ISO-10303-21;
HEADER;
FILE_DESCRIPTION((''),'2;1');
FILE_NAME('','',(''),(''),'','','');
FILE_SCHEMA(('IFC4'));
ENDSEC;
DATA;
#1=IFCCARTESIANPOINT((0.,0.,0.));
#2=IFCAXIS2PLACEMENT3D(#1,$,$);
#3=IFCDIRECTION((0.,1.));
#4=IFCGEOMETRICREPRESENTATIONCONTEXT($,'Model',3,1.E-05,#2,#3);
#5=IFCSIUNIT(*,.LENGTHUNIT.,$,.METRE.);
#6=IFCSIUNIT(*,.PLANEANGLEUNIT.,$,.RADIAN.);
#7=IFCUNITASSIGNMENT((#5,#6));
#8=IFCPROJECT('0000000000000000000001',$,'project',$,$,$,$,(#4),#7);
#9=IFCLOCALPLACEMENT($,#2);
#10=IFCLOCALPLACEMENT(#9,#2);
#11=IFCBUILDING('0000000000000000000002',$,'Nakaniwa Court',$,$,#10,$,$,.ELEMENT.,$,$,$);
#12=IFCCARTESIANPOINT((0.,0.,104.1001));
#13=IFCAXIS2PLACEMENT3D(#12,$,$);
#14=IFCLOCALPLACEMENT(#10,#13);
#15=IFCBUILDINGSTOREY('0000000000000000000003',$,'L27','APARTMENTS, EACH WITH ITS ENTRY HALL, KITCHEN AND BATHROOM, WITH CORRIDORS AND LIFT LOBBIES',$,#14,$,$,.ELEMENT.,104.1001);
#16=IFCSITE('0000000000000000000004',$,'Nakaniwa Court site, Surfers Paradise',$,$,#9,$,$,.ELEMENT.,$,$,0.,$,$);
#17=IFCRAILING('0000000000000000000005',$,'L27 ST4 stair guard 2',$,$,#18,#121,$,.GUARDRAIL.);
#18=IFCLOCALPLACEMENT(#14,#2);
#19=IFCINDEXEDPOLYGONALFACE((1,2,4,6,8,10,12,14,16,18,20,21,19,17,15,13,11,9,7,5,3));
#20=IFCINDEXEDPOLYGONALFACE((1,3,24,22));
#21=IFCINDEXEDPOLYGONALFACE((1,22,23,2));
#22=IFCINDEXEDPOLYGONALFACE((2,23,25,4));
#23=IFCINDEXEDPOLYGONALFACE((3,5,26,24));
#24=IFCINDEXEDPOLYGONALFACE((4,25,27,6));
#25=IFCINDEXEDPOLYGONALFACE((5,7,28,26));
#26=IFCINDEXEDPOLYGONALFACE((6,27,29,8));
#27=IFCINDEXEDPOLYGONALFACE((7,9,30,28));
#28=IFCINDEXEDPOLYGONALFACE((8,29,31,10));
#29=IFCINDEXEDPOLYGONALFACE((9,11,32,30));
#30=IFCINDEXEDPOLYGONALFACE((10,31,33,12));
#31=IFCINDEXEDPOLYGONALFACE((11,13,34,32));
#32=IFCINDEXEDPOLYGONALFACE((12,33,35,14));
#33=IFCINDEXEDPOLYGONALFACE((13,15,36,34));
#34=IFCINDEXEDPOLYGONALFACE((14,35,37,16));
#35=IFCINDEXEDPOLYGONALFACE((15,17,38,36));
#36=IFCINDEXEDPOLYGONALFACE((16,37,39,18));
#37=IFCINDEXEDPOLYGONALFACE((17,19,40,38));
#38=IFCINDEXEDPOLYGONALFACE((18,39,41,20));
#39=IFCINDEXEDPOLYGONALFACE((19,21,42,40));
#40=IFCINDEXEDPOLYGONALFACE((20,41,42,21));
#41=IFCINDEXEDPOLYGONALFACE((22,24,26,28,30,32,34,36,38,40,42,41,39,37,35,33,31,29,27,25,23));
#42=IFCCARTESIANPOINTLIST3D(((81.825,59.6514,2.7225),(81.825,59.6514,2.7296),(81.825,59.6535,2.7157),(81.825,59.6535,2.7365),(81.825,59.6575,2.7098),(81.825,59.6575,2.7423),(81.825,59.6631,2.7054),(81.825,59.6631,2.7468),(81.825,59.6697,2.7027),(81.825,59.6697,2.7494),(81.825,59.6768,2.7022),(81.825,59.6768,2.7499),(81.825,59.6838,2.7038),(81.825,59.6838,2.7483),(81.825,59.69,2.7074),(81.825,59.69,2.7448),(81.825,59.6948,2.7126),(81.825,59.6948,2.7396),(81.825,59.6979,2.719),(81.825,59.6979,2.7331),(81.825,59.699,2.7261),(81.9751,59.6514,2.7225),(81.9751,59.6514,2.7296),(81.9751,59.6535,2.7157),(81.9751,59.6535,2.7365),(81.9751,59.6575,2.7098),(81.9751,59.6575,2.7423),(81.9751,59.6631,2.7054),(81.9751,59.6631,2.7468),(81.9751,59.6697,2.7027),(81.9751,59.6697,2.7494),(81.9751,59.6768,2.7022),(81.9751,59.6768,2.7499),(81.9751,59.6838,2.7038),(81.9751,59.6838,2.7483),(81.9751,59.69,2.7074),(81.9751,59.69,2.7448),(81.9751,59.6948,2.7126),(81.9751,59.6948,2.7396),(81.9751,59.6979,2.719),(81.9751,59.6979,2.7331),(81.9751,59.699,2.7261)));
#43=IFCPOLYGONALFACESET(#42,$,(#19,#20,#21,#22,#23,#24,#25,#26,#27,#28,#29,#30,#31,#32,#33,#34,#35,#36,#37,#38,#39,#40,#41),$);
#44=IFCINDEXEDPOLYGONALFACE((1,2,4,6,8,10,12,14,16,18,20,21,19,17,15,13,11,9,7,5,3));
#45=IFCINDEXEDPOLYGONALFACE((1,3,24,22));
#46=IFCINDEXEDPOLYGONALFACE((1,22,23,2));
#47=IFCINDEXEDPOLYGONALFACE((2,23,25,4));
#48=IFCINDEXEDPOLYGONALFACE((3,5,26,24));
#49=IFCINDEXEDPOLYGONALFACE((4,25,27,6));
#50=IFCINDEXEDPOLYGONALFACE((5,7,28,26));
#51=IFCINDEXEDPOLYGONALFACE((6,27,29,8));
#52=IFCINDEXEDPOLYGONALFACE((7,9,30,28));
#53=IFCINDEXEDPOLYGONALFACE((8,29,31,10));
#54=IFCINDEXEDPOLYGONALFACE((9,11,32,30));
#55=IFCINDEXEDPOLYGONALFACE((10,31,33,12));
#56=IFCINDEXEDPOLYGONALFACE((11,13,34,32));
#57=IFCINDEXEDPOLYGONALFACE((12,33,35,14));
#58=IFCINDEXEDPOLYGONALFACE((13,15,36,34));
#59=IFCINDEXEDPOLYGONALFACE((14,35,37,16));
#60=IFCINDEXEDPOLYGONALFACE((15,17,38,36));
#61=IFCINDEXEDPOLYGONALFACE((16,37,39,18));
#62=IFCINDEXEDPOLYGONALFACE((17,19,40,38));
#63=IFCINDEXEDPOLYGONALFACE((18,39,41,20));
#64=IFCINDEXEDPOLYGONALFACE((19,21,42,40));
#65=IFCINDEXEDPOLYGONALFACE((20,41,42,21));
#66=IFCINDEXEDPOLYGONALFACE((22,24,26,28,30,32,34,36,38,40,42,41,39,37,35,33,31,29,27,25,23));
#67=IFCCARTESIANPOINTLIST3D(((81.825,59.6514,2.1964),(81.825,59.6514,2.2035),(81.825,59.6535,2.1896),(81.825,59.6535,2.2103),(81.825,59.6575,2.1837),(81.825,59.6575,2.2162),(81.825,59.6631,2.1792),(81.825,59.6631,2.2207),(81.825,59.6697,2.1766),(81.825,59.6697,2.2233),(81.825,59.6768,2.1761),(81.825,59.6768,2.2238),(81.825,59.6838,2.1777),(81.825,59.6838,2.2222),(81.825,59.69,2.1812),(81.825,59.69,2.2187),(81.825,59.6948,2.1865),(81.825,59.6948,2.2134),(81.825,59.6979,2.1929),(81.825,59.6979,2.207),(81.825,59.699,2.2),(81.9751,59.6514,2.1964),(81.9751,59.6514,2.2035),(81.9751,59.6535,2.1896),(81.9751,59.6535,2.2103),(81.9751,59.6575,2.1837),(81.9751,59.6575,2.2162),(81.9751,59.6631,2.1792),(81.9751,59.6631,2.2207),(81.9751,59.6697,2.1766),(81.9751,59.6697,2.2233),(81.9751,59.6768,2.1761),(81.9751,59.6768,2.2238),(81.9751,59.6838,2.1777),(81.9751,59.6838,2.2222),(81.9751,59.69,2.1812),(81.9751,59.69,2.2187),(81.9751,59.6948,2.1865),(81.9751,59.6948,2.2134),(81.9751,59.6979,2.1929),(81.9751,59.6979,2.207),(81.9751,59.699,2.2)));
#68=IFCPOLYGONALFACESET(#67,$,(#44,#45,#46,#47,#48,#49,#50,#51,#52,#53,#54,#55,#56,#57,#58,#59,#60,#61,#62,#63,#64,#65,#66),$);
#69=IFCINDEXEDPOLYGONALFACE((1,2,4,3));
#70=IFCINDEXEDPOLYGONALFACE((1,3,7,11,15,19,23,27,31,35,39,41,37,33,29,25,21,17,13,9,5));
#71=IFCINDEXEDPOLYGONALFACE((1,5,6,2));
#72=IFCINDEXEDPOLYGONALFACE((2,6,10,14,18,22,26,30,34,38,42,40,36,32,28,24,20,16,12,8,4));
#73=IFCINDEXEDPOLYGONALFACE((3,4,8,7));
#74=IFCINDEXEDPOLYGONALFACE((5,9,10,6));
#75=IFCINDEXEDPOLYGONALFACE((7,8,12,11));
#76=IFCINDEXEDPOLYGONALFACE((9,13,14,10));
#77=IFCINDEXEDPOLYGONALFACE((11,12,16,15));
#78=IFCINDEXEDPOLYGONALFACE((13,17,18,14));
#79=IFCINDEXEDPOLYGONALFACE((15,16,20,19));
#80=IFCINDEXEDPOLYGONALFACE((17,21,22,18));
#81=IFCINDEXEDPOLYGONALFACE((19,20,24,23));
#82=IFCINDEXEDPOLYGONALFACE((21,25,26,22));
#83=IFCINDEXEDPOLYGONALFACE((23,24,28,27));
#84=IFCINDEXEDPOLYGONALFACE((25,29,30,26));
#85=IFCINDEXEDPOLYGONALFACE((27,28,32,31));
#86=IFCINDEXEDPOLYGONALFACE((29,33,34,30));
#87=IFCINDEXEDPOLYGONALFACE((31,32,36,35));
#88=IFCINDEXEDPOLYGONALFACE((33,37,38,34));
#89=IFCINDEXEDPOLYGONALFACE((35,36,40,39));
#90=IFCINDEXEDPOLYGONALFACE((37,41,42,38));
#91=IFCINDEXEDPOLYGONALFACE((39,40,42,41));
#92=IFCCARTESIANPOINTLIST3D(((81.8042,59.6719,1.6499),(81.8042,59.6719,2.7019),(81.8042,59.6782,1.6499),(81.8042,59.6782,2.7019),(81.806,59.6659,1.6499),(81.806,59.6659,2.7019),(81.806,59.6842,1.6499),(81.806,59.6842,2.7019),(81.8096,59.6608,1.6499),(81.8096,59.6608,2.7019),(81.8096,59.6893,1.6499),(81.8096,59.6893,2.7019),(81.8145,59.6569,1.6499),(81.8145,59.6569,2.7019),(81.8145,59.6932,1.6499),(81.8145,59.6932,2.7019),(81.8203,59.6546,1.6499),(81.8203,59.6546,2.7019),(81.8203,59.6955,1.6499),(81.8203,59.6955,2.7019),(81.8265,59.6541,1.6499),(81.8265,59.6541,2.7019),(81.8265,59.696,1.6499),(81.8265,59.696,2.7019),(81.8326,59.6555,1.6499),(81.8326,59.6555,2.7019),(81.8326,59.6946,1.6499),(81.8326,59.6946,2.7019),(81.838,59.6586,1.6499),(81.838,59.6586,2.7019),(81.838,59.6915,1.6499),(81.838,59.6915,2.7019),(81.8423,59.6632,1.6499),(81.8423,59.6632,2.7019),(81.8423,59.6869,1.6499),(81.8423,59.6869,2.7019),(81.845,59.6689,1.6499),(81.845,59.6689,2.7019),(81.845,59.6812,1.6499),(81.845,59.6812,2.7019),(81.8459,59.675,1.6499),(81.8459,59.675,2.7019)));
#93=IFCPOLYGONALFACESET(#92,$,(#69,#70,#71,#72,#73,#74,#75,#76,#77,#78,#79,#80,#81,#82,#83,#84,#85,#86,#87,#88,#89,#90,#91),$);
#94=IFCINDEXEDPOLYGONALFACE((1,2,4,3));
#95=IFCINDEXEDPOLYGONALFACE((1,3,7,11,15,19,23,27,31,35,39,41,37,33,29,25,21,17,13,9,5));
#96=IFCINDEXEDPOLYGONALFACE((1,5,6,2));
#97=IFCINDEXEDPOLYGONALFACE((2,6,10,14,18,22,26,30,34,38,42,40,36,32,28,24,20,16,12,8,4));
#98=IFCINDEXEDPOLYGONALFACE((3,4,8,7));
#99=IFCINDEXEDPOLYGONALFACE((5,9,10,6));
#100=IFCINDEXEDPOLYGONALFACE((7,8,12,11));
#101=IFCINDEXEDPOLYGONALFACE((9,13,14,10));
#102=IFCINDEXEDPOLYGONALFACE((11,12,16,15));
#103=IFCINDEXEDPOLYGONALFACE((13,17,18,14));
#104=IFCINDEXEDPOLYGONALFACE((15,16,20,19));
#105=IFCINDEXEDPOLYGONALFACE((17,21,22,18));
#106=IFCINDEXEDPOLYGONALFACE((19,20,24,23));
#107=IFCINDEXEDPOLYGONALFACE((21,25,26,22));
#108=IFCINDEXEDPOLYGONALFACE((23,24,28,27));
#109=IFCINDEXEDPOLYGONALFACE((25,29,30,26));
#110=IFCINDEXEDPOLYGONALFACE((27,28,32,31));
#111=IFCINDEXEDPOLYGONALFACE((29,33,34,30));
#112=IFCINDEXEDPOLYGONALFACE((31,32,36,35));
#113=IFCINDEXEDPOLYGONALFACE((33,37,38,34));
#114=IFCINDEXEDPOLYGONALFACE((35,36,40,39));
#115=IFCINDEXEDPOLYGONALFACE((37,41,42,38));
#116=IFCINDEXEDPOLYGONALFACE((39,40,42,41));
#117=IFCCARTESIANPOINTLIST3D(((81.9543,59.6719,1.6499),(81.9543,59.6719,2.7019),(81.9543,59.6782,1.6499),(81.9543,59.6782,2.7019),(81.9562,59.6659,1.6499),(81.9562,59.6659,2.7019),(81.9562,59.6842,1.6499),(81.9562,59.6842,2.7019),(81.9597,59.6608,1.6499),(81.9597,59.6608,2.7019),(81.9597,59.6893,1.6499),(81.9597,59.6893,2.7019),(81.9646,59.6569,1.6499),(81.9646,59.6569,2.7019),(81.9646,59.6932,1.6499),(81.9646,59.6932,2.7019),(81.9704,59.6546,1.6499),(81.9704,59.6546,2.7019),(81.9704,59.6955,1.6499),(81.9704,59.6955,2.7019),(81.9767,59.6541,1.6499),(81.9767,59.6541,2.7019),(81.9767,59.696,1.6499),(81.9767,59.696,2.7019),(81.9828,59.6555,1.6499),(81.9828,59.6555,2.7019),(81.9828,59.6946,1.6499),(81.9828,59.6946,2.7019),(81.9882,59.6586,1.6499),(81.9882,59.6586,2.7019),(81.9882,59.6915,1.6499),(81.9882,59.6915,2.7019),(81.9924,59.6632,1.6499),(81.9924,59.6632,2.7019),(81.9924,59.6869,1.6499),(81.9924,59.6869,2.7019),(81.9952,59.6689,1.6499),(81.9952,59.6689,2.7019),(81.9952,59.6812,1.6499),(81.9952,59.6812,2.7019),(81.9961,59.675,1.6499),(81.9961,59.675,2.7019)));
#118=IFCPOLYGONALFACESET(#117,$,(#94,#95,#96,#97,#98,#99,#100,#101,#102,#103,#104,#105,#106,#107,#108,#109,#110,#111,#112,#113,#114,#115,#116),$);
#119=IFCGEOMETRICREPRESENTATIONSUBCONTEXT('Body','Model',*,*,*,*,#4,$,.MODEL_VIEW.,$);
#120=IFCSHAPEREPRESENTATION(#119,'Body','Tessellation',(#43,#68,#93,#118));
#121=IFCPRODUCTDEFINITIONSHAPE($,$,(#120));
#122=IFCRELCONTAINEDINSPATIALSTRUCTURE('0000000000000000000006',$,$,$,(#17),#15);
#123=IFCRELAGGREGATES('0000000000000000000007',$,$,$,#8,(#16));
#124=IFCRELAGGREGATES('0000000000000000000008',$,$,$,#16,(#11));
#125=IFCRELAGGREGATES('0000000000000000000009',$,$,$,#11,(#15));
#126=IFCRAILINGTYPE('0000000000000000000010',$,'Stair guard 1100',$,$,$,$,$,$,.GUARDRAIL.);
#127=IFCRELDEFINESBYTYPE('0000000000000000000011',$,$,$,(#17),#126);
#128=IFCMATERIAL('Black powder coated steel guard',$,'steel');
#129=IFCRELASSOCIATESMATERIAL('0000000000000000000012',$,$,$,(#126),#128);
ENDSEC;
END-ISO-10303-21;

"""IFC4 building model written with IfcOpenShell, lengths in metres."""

from ifc_helpers import new_model, si_unit, direction, frame, origin, origin_2d, place, context, subcontext, project, spatial, circle, extrude, material, type_object, element, save


model = new_model("IFC4")

# Units and contexts
model_context = context("Model", 3, precision=1e-05, world=origin(), true_north=direction((0.0, 1.0)))
body_context = subcontext(model_context, "Body", "Model", "MODEL_VIEW")
ifc_project = project(units=[si_unit("LENGTHUNIT", "METRE"), si_unit("PLANEANGLEUNIT", "RADIAN")], contexts=[model_context])

# Site, building, storey
site_placement = place(None, origin())
site = spatial("IfcSite", under=ifc_project, at=site_placement, Name="Nakaniwa Court site, Surfers Paradise", CompositionType="ELEMENT", RefElevation=0.0)
building_placement = place(site_placement, origin())
building = spatial("IfcBuilding", under=site, at=building_placement, Name="Nakaniwa Court", CompositionType="ELEMENT")
storey_placement = place(building_placement, frame((0.0, 0.0, 104.1001)))
storey = spatial("IfcBuildingStorey", under=building, at=storey_placement, Name="L27", Description="APARTMENTS, EACH WITH ITS ENTRY HALL, KITCHEN AND BATHROOM, WITH CORRIDORS AND LIFT LOBBIES", CompositionType="ELEMENT", Elevation=104.1001)

# Railing
ifc_material_1 = material(Name="Black powder coated steel guard", Category="steel")
railing_type_1 = type_object("IfcRailingType", Name="Stair guard 1100", PredefinedType="GUARDRAIL", material=ifc_material_1)
railing_1_placement = place(storey_placement, frame((81.825, 59.675, 1.6499)))
element("IfcRailing", 1, at=railing_1_placement, inside=storey, type_object=railing_type_1, Name="L27 ST4 stair guard 2", PredefinedType="GUARDRAIL", context=body_context, shape_type="SweptSolid", body=[
    extrude(circle(Radius=0.0239, at=origin_2d()), frame((0.0, 0.0, 1.0762), z_axis=(1.0, 0.0, 0.0), x_axis=(0.0, 1.0, 0.0)), (0.0, 0.0, 1.0), 0.1501),
    extrude(circle(Radius=0.0239, at=origin_2d()), frame((0.0, 0.0, 0.55), z_axis=(1.0, 0.0, 0.0), x_axis=(0.0, 1.0, 0.0)), (0.0, 0.0, 1.0), 0.1501),
    extrude(circle(Radius=0.021, at=origin_2d()), origin(), (0.0, 0.0, 1.0), 1.052),
    extrude(circle(Radius=0.021, at=origin_2d()), frame((0.1501, 0.0, 0.0)), (0.0, 0.0, 1.0), 1.052),
])

save(model, "model.ifc")
